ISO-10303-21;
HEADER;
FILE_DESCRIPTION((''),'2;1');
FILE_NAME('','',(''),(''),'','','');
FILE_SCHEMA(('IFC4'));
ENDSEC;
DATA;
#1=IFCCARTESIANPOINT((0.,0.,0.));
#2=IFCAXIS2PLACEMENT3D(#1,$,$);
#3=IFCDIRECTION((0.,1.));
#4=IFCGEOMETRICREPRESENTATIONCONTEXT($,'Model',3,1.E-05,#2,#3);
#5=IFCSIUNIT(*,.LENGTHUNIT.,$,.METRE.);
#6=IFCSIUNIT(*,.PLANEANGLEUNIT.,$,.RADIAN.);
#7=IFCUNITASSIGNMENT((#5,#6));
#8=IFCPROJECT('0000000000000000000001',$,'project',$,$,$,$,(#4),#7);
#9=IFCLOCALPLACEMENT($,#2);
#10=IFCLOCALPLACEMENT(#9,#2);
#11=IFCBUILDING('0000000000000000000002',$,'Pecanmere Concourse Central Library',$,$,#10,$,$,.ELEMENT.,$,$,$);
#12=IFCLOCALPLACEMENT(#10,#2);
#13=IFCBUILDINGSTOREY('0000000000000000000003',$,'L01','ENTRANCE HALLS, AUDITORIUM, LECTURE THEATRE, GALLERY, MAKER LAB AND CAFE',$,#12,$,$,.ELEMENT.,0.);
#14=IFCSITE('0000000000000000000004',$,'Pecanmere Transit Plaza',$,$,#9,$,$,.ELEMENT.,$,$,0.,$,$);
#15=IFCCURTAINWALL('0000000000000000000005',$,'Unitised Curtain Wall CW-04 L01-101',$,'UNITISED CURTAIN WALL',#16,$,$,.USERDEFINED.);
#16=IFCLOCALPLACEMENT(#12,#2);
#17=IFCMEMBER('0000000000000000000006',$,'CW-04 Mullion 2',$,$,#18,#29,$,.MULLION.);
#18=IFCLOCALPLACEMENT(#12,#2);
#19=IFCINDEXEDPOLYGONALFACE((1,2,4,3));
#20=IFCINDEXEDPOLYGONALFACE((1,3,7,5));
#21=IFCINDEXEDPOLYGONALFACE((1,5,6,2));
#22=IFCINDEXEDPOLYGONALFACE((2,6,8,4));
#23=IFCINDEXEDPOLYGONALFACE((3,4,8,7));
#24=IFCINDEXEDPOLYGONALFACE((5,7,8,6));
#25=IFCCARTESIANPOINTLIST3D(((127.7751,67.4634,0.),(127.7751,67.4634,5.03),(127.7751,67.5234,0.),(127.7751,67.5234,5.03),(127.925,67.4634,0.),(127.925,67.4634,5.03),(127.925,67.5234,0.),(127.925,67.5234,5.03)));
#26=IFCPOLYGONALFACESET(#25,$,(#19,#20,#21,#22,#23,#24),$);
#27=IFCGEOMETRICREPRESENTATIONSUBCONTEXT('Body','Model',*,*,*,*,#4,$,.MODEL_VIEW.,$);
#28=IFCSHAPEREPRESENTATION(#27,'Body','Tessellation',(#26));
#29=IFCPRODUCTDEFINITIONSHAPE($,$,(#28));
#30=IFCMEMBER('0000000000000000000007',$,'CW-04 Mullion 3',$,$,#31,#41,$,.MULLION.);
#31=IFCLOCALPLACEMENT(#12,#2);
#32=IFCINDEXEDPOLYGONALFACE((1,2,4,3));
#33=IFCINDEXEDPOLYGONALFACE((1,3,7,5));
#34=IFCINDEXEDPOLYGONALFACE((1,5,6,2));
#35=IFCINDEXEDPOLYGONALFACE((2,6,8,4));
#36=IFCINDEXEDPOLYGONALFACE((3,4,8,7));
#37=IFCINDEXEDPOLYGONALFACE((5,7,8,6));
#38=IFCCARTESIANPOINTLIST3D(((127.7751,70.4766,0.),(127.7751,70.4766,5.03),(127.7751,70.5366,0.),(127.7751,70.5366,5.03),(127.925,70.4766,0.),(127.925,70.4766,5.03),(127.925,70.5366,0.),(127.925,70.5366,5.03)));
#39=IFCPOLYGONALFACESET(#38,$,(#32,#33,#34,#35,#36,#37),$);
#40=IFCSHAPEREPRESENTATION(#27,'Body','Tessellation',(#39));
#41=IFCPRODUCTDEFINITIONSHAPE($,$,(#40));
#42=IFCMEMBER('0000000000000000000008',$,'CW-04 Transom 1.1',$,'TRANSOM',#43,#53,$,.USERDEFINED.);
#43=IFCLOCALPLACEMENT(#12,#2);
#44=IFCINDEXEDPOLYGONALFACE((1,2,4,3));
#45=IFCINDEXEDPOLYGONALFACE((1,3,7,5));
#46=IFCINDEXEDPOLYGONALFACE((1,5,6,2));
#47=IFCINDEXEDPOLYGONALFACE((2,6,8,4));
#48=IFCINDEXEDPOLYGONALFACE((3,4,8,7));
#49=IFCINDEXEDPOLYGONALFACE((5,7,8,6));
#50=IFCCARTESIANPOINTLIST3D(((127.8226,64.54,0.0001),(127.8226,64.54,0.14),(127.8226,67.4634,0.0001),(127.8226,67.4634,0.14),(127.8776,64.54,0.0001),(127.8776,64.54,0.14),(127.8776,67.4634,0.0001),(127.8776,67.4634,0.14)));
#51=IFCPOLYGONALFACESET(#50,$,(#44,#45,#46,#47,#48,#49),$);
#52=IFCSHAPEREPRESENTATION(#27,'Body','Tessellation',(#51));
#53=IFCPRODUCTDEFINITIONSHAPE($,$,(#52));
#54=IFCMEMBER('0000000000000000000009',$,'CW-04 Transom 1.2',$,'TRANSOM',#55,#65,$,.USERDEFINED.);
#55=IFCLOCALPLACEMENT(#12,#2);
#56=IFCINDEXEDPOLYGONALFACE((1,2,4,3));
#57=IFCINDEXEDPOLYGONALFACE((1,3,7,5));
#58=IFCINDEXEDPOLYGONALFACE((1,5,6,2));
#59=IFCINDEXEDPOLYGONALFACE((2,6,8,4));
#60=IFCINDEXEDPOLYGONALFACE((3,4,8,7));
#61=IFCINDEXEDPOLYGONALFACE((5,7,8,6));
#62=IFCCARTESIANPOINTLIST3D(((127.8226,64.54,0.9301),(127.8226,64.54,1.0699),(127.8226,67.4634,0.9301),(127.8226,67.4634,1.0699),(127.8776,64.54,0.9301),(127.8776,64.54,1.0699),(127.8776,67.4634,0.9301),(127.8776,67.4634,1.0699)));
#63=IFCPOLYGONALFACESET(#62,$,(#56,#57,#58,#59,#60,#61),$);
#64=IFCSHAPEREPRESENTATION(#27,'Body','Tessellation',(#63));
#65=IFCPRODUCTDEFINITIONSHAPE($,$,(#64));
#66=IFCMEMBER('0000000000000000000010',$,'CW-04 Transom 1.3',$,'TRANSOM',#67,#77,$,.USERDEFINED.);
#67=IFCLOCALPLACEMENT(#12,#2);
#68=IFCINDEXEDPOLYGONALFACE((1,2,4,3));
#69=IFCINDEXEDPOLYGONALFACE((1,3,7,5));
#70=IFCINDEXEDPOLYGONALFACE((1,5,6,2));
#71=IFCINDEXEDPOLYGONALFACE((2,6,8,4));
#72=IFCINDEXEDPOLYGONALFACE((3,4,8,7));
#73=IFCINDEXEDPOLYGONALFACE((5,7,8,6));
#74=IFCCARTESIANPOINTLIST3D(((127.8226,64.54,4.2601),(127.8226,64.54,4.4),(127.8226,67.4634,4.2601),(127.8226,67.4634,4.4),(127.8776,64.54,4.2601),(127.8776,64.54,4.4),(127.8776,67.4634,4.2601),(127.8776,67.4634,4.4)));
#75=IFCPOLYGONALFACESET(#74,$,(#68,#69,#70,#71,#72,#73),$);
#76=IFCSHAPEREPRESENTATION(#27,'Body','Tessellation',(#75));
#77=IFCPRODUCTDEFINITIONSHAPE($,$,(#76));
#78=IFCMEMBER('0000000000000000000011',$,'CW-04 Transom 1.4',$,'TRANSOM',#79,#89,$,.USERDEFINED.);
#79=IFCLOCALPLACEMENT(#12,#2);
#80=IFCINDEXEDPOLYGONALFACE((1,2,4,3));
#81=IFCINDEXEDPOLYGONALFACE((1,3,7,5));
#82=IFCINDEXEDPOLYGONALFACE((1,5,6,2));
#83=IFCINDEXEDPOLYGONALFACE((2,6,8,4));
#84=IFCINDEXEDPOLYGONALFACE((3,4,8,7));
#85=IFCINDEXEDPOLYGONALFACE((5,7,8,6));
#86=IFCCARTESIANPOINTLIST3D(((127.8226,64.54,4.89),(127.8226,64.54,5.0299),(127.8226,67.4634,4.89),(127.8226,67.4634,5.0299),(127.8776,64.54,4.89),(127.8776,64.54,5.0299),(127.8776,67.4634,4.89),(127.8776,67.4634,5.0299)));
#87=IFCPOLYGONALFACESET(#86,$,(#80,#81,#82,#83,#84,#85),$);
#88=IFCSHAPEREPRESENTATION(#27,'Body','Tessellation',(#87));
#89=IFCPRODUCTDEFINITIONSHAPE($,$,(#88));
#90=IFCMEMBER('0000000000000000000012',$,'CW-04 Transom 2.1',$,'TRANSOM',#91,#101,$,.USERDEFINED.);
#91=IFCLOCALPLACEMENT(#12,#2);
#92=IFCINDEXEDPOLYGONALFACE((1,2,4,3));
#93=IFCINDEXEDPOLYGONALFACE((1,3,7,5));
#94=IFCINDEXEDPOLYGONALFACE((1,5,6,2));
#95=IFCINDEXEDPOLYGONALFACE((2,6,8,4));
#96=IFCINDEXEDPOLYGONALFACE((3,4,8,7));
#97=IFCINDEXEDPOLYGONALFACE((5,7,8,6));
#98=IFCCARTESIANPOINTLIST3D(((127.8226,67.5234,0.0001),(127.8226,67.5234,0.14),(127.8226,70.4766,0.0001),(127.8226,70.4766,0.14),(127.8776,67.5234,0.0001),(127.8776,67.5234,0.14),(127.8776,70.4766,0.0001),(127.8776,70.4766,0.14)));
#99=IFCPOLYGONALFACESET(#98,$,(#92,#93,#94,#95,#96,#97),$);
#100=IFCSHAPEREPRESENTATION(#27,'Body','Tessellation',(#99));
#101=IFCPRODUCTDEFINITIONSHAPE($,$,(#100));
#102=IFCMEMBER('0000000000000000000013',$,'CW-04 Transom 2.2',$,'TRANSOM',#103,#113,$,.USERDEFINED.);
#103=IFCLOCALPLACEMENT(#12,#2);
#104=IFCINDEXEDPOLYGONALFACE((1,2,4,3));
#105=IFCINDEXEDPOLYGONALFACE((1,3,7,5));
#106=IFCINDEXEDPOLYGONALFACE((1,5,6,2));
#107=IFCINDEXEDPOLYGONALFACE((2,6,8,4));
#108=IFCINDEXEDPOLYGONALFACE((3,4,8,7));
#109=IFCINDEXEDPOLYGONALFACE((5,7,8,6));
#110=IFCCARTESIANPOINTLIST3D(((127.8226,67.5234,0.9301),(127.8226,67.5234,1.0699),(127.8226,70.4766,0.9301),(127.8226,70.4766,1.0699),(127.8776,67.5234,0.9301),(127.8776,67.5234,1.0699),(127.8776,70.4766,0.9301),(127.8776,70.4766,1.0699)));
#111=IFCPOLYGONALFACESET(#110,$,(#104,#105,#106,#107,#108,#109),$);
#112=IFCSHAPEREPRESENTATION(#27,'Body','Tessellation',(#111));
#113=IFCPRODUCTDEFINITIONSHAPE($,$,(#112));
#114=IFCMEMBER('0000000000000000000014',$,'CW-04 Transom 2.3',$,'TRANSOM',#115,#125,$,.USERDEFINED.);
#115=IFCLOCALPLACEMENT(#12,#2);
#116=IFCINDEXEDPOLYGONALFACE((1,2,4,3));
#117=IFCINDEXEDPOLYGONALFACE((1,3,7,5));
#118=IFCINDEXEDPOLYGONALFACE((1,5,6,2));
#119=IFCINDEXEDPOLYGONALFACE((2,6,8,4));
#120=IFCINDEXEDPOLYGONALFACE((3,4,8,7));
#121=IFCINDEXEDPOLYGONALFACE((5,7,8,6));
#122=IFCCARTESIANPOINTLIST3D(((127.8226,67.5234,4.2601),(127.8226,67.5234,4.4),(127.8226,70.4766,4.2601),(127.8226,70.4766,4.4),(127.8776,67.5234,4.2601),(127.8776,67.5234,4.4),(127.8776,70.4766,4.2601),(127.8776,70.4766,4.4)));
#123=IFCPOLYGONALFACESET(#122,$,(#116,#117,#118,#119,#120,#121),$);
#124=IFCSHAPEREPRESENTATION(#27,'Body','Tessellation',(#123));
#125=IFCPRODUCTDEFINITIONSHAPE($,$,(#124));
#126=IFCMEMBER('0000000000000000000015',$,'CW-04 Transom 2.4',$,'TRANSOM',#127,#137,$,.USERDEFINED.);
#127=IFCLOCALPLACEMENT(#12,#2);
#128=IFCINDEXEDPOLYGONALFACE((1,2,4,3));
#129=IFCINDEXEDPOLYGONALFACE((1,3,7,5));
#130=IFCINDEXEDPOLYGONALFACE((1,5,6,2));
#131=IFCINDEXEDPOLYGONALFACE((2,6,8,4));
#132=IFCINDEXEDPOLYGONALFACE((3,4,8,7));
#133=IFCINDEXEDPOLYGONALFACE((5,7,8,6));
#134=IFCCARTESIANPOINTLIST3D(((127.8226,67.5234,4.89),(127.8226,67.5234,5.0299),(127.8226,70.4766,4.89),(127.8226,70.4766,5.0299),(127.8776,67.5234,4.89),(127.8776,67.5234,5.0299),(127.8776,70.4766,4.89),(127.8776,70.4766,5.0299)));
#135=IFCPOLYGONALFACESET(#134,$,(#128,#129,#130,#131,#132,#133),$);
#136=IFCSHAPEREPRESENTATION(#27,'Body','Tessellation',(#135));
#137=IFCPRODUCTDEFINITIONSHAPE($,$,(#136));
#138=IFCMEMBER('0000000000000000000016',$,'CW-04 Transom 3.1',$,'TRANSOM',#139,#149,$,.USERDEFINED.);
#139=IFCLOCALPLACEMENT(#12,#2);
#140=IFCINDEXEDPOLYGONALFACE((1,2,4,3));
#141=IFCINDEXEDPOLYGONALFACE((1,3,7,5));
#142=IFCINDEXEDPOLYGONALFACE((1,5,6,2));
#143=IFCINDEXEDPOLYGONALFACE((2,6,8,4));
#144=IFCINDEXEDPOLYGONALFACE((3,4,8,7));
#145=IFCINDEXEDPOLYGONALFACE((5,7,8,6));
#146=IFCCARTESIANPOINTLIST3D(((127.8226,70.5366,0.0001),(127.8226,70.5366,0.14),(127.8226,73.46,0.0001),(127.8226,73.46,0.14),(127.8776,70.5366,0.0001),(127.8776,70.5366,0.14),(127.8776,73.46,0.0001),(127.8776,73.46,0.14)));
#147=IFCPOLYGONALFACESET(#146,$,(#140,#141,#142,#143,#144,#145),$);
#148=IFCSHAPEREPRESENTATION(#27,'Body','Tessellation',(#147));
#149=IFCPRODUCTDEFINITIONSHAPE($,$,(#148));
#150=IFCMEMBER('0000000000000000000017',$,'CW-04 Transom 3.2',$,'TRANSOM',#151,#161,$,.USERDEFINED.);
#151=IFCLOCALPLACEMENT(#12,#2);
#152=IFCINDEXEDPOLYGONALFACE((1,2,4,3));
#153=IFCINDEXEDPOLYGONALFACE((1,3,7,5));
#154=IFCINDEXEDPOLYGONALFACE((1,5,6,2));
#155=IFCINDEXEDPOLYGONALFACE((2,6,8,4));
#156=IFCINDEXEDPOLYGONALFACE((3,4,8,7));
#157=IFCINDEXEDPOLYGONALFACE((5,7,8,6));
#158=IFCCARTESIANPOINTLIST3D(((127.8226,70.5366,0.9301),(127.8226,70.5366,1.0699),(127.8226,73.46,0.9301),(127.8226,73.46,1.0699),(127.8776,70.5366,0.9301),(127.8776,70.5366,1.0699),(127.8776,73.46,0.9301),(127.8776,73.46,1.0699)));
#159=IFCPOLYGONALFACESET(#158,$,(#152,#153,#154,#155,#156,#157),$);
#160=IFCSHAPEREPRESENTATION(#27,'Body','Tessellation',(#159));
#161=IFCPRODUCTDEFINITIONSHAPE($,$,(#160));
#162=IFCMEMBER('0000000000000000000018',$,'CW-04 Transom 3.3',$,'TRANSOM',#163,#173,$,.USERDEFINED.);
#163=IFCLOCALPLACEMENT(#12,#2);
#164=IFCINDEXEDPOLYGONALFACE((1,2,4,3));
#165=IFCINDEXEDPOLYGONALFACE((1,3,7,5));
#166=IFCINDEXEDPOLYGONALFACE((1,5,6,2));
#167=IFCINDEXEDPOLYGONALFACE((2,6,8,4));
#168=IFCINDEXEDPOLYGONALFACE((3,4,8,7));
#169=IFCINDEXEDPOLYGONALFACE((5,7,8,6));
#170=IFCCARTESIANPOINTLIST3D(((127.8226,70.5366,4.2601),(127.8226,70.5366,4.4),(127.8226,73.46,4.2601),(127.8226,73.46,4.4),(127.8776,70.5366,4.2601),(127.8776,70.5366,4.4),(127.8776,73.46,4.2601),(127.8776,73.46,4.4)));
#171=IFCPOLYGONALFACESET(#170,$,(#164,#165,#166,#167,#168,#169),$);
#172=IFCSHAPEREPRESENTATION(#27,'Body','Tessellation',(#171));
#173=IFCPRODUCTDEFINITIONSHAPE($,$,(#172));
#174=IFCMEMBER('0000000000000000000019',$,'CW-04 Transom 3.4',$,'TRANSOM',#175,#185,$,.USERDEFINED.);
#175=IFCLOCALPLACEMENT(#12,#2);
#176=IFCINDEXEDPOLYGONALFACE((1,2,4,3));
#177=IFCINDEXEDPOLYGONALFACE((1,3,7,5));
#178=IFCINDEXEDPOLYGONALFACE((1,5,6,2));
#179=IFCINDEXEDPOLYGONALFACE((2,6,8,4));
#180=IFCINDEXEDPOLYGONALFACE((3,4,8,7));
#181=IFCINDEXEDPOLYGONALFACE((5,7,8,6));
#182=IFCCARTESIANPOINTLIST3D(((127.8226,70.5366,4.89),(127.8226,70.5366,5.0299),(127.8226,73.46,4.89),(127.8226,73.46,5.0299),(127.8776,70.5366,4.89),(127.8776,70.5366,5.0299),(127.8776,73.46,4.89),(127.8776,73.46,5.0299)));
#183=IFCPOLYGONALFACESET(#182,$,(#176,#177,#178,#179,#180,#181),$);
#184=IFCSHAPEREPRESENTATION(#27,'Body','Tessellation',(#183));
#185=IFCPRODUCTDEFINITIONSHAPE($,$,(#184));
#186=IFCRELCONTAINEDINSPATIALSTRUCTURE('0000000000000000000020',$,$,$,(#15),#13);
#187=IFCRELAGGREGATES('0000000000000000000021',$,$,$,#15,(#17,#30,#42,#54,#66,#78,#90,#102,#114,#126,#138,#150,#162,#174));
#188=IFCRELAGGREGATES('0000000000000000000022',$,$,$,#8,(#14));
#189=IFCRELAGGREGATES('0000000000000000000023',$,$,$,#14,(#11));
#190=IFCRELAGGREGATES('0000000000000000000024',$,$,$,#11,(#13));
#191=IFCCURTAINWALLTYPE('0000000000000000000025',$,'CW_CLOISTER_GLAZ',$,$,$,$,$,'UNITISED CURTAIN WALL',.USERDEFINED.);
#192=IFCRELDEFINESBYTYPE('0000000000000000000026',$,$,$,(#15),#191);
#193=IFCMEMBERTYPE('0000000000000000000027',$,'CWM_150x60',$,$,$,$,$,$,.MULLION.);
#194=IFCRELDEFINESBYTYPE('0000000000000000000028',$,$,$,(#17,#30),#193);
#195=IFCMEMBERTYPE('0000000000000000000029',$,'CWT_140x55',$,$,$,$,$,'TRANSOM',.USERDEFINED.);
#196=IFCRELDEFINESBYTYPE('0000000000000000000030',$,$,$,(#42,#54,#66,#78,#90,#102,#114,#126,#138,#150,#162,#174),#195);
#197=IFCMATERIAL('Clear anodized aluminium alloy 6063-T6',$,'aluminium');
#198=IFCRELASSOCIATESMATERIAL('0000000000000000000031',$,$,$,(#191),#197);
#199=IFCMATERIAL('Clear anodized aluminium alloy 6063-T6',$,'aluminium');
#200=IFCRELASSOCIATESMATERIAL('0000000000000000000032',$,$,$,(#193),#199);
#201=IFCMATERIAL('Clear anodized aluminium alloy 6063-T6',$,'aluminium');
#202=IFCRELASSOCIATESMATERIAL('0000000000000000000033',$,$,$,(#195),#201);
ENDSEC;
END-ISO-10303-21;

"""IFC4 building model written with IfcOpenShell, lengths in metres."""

from ifc_helpers import new_model, si_unit, direction, frame, origin, origin_2d, place, context, subcontext, project, spatial, rectangle, extrude, material, material_profile, profile_set, type_object, element, aggregate, save


model = new_model("IFC4")

# Units and contexts
model_context = context("Model", 3, precision=1e-05, world=origin(), true_north=direction((0.0, 1.0)))
body_context = subcontext(model_context, "Body", "Model", "MODEL_VIEW")
ifc_project = project(units=[si_unit("LENGTHUNIT", "METRE"), si_unit("PLANEANGLEUNIT", "RADIAN")], contexts=[model_context])

# Site, building, storey
site_placement = place(None, origin())
site = spatial("IfcSite", under=ifc_project, at=site_placement, Name="Pecanmere Transit Plaza", CompositionType="ELEMENT", RefElevation=0.0)
building_placement = place(site_placement, origin())
building = spatial("IfcBuilding", under=site, at=building_placement, Name="Pecanmere Concourse Central Library", CompositionType="ELEMENT")
storey_placement = place(building_placement, origin())
storey = spatial("IfcBuildingStorey", under=building, at=storey_placement, Name="L01", Description="ENTRANCE HALLS, AUDITORIUM, LECTURE THEATRE, GALLERY, MAKER LAB AND CAFE", CompositionType="ELEMENT", Elevation=0.0)

# Curtain wall, members
ifc_material_1 = material(Name="Clear anodized aluminium alloy 6063-T6", Category="aluminium")
curtain_wall_type = type_object("IfcCurtainWallType", Name="CW_CLOISTER_GLAZ", ElementType="UNITISED CURTAIN WALL", PredefinedType="USERDEFINED", material=ifc_material_1)
curtain_wall_placement = place(storey_placement, origin())
curtain_wall = element("IfcCurtainWall", 1, at=curtain_wall_placement, inside=storey, type_object=curtain_wall_type, Name="Unitised Curtain Wall CW-04 L01-101", ObjectType="UNITISED CURTAIN WALL", PredefinedType="USERDEFINED")
ifc_material_2 = material(Name="Clear anodized aluminium alloy 6063-T6", Category="aluminium")
ifc_material_profile_1 = material_profile(ifc_material_2, rectangle(XDim=0.0601, YDim=0.1499, at=origin_2d()), Name="AL 60x150")
ifc_profile_set_1 = profile_set([ifc_material_profile_1], Name="Clear anodized aluminium alloy 6063-T6")
member_type_1 = type_object("IfcMemberType", Name="CWM_150x60", PredefinedType="MULLION", material=ifc_profile_set_1)
member_1_placement = place(storey_placement, frame((127.8501, 67.4934, 0.0), z_axis=(0.0, 0.0, 1.0), x_axis=(0.0, 1.0, 0.0)))
member_1 = element("IfcMember", 2, at=member_1_placement, type_object=member_type_1, Name="CW-04 Mullion 2", PredefinedType="MULLION", context=body_context, shape_type="SweptSolid", body=[
    extrude(rectangle(XDim=0.0601, YDim=0.1499, at=origin_2d()), origin(), (0.0, 0.0, 1.0), 5.03),
])
member_2_placement = place(storey_placement, frame((127.8501, 70.5066, 0.0), z_axis=(0.0, 0.0, 1.0), x_axis=(0.0, 1.0, 0.0)))
member_2 = element("IfcMember", 3, at=member_2_placement, type_object=member_type_1, Name="CW-04 Mullion 3", PredefinedType="MULLION", context=body_context, shape_type="SweptSolid", body=[
    extrude(rectangle(XDim=0.0601, YDim=0.1499, at=origin_2d()), origin(), (0.0, 0.0, 1.0), 5.03),
])
ifc_material_3 = material(Name="Clear anodized aluminium alloy 6063-T6", Category="aluminium")
ifc_material_profile_2 = material_profile(ifc_material_3, rectangle(XDim=0.0549, YDim=0.1399, at=origin_2d()), Name="AL 55x140")
ifc_profile_set_2 = profile_set([ifc_material_profile_2], Name="Clear anodized aluminium alloy 6063-T6")
member_type_2 = type_object("IfcMemberType", Name="CWT_140x55", ElementType="TRANSOM", PredefinedType="USERDEFINED", material=ifc_profile_set_2)
member_3_placement = place(storey_placement, frame((127.8501, 64.54, 0.0701), z_axis=(0.0, 1.0, 0.0), x_axis=(-1.0, 0.0, 0.0)))
member_3 = element("IfcMember", 4, at=member_3_placement, type_object=member_type_2, Name="CW-04 Transom 1.1", ObjectType="TRANSOM", PredefinedType="USERDEFINED", context=body_context, shape_type="SweptSolid", body=[
    extrude(rectangle(XDim=0.0549, YDim=0.1399, at=origin_2d()), origin(), (0.0, 0.0, 1.0), 2.9233),
])
member_4_placement = place(storey_placement, frame((127.8501, 64.54, 1.0), z_axis=(0.0, 1.0, 0.0), x_axis=(-1.0, 0.0, 0.0)))
member_4 = element("IfcMember", 5, at=member_4_placement, type_object=member_type_2, Name="CW-04 Transom 1.2", ObjectType="TRANSOM", PredefinedType="USERDEFINED", context=body_context, shape_type="SweptSolid", body=[
    extrude(rectangle(XDim=0.0549, YDim=0.1399, at=origin_2d()), origin(), (0.0, 0.0, 1.0), 2.9233),
])
member_5_placement = place(storey_placement, frame((127.8501, 64.54, 4.3301), z_axis=(0.0, 1.0, 0.0), x_axis=(-1.0, 0.0, 0.0)))
member_5 = element("IfcMember", 6, at=member_5_placement, type_object=member_type_2, Name="CW-04 Transom 1.3", ObjectType="TRANSOM", PredefinedType="USERDEFINED", context=body_context, shape_type="SweptSolid", body=[
    extrude(rectangle(XDim=0.0549, YDim=0.1399, at=origin_2d()), origin(), (0.0, 0.0, 1.0), 2.9233),
])
member_6_placement = place(storey_placement, frame((127.8501, 64.54, 4.96), z_axis=(0.0, 1.0, 0.0), x_axis=(-1.0, 0.0, 0.0)))
member_6 = element("IfcMember", 7, at=member_6_placement, type_object=member_type_2, Name="CW-04 Transom 1.4", ObjectType="TRANSOM", PredefinedType="USERDEFINED", context=body_context, shape_type="SweptSolid", body=[
    extrude(rectangle(XDim=0.0549, YDim=0.1399, at=origin_2d()), origin(), (0.0, 0.0, 1.0), 2.9233),
])
member_7_placement = place(storey_placement, frame((127.8501, 67.5234, 0.0701), z_axis=(0.0, 1.0, 0.0), x_axis=(-1.0, 0.0, 0.0)))
member_7 = element("IfcMember", 8, at=member_7_placement, type_object=member_type_2, Name="CW-04 Transom 2.1", ObjectType="TRANSOM", PredefinedType="USERDEFINED", context=body_context, shape_type="SweptSolid", body=[
    extrude(rectangle(XDim=0.0549, YDim=0.1399, at=origin_2d()), origin(), (0.0, 0.0, 1.0), 2.9531),
])
member_8_placement = place(storey_placement, frame((127.8501, 67.5234, 1.0), z_axis=(0.0, 1.0, 0.0), x_axis=(-1.0, 0.0, 0.0)))
member_8 = element("IfcMember", 9, at=member_8_placement, type_object=member_type_2, Name="CW-04 Transom 2.2", ObjectType="TRANSOM", PredefinedType="USERDEFINED", context=body_context, shape_type="SweptSolid", body=[
    extrude(rectangle(XDim=0.0549, YDim=0.1399, at=origin_2d()), origin(), (0.0, 0.0, 1.0), 2.9531),
])
member_9_placement = place(storey_placement, frame((127.8501, 67.5234, 4.3301), z_axis=(0.0, 1.0, 0.0), x_axis=(-1.0, 0.0, 0.0)))
member_9 = element("IfcMember", 10, at=member_9_placement, type_object=member_type_2, Name="CW-04 Transom 2.3", ObjectType="TRANSOM", PredefinedType="USERDEFINED", context=body_context, shape_type="SweptSolid", body=[
    extrude(rectangle(XDim=0.0549, YDim=0.1399, at=origin_2d()), origin(), (0.0, 0.0, 1.0), 2.9531),
])
member_10_placement = place(storey_placement, frame((127.8501, 67.5234, 4.96), z_axis=(0.0, 1.0, 0.0), x_axis=(-1.0, 0.0, 0.0)))
member_10 = element("IfcMember", 11, at=member_10_placement, type_object=member_type_2, Name="CW-04 Transom 2.4", ObjectType="TRANSOM", PredefinedType="USERDEFINED", context=body_context, shape_type="SweptSolid", body=[
    extrude(rectangle(XDim=0.0549, YDim=0.1399, at=origin_2d()), origin(), (0.0, 0.0, 1.0), 2.9531),
])
member_11_placement = place(storey_placement, frame((127.8501, 70.5366, 0.0701), z_axis=(0.0, 1.0, 0.0), x_axis=(-1.0, 0.0, 0.0)))
member_11 = element("IfcMember", 12, at=member_11_placement, type_object=member_type_2, Name="CW-04 Transom 3.1", ObjectType="TRANSOM", PredefinedType="USERDEFINED", context=body_context, shape_type="SweptSolid", body=[
    extrude(rectangle(XDim=0.0549, YDim=0.1399, at=origin_2d()), origin(), (0.0, 0.0, 1.0), 2.9233),
])
member_12_placement = place(storey_placement, frame((127.8501, 70.5366, 1.0), z_axis=(0.0, 1.0, 0.0), x_axis=(-1.0, 0.0, 0.0)))
member_12 = element("IfcMember", 13, at=member_12_placement, type_object=member_type_2, Name="CW-04 Transom 3.2", ObjectType="TRANSOM", PredefinedType="USERDEFINED", context=body_context, shape_type="SweptSolid", body=[
    extrude(rectangle(XDim=0.0549, YDim=0.1399, at=origin_2d()), origin(), (0.0, 0.0, 1.0), 2.9233),
])
member_13_placement = place(storey_placement, frame((127.8501, 70.5366, 4.3301), z_axis=(0.0, 1.0, 0.0), x_axis=(-1.0, 0.0, 0.0)))
member_13 = element("IfcMember", 14, at=member_13_placement, type_object=member_type_2, Name="CW-04 Transom 3.3", ObjectType="TRANSOM", PredefinedType="USERDEFINED", context=body_context, shape_type="SweptSolid", body=[
    extrude(rectangle(XDim=0.0549, YDim=0.1399, at=origin_2d()), origin(), (0.0, 0.0, 1.0), 2.9233),
])
member_14_placement = place(storey_placement, frame((127.8501, 70.5366, 4.96), z_axis=(0.0, 1.0, 0.0), x_axis=(-1.0, 0.0, 0.0)))
member_14 = element("IfcMember", 15, at=member_14_placement, type_object=member_type_2, Name="CW-04 Transom 3.4", ObjectType="TRANSOM", PredefinedType="USERDEFINED", context=body_context, shape_type="SweptSolid", body=[
    extrude(rectangle(XDim=0.0549, YDim=0.1399, at=origin_2d()), origin(), (0.0, 0.0, 1.0), 2.9233),
])
aggregate(curtain_wall, [member_1, member_2, member_3, member_4, member_5, member_6, member_7, member_8, member_9, member_10, member_11, member_12, member_13, member_14])

save(model, "model.ifc")
